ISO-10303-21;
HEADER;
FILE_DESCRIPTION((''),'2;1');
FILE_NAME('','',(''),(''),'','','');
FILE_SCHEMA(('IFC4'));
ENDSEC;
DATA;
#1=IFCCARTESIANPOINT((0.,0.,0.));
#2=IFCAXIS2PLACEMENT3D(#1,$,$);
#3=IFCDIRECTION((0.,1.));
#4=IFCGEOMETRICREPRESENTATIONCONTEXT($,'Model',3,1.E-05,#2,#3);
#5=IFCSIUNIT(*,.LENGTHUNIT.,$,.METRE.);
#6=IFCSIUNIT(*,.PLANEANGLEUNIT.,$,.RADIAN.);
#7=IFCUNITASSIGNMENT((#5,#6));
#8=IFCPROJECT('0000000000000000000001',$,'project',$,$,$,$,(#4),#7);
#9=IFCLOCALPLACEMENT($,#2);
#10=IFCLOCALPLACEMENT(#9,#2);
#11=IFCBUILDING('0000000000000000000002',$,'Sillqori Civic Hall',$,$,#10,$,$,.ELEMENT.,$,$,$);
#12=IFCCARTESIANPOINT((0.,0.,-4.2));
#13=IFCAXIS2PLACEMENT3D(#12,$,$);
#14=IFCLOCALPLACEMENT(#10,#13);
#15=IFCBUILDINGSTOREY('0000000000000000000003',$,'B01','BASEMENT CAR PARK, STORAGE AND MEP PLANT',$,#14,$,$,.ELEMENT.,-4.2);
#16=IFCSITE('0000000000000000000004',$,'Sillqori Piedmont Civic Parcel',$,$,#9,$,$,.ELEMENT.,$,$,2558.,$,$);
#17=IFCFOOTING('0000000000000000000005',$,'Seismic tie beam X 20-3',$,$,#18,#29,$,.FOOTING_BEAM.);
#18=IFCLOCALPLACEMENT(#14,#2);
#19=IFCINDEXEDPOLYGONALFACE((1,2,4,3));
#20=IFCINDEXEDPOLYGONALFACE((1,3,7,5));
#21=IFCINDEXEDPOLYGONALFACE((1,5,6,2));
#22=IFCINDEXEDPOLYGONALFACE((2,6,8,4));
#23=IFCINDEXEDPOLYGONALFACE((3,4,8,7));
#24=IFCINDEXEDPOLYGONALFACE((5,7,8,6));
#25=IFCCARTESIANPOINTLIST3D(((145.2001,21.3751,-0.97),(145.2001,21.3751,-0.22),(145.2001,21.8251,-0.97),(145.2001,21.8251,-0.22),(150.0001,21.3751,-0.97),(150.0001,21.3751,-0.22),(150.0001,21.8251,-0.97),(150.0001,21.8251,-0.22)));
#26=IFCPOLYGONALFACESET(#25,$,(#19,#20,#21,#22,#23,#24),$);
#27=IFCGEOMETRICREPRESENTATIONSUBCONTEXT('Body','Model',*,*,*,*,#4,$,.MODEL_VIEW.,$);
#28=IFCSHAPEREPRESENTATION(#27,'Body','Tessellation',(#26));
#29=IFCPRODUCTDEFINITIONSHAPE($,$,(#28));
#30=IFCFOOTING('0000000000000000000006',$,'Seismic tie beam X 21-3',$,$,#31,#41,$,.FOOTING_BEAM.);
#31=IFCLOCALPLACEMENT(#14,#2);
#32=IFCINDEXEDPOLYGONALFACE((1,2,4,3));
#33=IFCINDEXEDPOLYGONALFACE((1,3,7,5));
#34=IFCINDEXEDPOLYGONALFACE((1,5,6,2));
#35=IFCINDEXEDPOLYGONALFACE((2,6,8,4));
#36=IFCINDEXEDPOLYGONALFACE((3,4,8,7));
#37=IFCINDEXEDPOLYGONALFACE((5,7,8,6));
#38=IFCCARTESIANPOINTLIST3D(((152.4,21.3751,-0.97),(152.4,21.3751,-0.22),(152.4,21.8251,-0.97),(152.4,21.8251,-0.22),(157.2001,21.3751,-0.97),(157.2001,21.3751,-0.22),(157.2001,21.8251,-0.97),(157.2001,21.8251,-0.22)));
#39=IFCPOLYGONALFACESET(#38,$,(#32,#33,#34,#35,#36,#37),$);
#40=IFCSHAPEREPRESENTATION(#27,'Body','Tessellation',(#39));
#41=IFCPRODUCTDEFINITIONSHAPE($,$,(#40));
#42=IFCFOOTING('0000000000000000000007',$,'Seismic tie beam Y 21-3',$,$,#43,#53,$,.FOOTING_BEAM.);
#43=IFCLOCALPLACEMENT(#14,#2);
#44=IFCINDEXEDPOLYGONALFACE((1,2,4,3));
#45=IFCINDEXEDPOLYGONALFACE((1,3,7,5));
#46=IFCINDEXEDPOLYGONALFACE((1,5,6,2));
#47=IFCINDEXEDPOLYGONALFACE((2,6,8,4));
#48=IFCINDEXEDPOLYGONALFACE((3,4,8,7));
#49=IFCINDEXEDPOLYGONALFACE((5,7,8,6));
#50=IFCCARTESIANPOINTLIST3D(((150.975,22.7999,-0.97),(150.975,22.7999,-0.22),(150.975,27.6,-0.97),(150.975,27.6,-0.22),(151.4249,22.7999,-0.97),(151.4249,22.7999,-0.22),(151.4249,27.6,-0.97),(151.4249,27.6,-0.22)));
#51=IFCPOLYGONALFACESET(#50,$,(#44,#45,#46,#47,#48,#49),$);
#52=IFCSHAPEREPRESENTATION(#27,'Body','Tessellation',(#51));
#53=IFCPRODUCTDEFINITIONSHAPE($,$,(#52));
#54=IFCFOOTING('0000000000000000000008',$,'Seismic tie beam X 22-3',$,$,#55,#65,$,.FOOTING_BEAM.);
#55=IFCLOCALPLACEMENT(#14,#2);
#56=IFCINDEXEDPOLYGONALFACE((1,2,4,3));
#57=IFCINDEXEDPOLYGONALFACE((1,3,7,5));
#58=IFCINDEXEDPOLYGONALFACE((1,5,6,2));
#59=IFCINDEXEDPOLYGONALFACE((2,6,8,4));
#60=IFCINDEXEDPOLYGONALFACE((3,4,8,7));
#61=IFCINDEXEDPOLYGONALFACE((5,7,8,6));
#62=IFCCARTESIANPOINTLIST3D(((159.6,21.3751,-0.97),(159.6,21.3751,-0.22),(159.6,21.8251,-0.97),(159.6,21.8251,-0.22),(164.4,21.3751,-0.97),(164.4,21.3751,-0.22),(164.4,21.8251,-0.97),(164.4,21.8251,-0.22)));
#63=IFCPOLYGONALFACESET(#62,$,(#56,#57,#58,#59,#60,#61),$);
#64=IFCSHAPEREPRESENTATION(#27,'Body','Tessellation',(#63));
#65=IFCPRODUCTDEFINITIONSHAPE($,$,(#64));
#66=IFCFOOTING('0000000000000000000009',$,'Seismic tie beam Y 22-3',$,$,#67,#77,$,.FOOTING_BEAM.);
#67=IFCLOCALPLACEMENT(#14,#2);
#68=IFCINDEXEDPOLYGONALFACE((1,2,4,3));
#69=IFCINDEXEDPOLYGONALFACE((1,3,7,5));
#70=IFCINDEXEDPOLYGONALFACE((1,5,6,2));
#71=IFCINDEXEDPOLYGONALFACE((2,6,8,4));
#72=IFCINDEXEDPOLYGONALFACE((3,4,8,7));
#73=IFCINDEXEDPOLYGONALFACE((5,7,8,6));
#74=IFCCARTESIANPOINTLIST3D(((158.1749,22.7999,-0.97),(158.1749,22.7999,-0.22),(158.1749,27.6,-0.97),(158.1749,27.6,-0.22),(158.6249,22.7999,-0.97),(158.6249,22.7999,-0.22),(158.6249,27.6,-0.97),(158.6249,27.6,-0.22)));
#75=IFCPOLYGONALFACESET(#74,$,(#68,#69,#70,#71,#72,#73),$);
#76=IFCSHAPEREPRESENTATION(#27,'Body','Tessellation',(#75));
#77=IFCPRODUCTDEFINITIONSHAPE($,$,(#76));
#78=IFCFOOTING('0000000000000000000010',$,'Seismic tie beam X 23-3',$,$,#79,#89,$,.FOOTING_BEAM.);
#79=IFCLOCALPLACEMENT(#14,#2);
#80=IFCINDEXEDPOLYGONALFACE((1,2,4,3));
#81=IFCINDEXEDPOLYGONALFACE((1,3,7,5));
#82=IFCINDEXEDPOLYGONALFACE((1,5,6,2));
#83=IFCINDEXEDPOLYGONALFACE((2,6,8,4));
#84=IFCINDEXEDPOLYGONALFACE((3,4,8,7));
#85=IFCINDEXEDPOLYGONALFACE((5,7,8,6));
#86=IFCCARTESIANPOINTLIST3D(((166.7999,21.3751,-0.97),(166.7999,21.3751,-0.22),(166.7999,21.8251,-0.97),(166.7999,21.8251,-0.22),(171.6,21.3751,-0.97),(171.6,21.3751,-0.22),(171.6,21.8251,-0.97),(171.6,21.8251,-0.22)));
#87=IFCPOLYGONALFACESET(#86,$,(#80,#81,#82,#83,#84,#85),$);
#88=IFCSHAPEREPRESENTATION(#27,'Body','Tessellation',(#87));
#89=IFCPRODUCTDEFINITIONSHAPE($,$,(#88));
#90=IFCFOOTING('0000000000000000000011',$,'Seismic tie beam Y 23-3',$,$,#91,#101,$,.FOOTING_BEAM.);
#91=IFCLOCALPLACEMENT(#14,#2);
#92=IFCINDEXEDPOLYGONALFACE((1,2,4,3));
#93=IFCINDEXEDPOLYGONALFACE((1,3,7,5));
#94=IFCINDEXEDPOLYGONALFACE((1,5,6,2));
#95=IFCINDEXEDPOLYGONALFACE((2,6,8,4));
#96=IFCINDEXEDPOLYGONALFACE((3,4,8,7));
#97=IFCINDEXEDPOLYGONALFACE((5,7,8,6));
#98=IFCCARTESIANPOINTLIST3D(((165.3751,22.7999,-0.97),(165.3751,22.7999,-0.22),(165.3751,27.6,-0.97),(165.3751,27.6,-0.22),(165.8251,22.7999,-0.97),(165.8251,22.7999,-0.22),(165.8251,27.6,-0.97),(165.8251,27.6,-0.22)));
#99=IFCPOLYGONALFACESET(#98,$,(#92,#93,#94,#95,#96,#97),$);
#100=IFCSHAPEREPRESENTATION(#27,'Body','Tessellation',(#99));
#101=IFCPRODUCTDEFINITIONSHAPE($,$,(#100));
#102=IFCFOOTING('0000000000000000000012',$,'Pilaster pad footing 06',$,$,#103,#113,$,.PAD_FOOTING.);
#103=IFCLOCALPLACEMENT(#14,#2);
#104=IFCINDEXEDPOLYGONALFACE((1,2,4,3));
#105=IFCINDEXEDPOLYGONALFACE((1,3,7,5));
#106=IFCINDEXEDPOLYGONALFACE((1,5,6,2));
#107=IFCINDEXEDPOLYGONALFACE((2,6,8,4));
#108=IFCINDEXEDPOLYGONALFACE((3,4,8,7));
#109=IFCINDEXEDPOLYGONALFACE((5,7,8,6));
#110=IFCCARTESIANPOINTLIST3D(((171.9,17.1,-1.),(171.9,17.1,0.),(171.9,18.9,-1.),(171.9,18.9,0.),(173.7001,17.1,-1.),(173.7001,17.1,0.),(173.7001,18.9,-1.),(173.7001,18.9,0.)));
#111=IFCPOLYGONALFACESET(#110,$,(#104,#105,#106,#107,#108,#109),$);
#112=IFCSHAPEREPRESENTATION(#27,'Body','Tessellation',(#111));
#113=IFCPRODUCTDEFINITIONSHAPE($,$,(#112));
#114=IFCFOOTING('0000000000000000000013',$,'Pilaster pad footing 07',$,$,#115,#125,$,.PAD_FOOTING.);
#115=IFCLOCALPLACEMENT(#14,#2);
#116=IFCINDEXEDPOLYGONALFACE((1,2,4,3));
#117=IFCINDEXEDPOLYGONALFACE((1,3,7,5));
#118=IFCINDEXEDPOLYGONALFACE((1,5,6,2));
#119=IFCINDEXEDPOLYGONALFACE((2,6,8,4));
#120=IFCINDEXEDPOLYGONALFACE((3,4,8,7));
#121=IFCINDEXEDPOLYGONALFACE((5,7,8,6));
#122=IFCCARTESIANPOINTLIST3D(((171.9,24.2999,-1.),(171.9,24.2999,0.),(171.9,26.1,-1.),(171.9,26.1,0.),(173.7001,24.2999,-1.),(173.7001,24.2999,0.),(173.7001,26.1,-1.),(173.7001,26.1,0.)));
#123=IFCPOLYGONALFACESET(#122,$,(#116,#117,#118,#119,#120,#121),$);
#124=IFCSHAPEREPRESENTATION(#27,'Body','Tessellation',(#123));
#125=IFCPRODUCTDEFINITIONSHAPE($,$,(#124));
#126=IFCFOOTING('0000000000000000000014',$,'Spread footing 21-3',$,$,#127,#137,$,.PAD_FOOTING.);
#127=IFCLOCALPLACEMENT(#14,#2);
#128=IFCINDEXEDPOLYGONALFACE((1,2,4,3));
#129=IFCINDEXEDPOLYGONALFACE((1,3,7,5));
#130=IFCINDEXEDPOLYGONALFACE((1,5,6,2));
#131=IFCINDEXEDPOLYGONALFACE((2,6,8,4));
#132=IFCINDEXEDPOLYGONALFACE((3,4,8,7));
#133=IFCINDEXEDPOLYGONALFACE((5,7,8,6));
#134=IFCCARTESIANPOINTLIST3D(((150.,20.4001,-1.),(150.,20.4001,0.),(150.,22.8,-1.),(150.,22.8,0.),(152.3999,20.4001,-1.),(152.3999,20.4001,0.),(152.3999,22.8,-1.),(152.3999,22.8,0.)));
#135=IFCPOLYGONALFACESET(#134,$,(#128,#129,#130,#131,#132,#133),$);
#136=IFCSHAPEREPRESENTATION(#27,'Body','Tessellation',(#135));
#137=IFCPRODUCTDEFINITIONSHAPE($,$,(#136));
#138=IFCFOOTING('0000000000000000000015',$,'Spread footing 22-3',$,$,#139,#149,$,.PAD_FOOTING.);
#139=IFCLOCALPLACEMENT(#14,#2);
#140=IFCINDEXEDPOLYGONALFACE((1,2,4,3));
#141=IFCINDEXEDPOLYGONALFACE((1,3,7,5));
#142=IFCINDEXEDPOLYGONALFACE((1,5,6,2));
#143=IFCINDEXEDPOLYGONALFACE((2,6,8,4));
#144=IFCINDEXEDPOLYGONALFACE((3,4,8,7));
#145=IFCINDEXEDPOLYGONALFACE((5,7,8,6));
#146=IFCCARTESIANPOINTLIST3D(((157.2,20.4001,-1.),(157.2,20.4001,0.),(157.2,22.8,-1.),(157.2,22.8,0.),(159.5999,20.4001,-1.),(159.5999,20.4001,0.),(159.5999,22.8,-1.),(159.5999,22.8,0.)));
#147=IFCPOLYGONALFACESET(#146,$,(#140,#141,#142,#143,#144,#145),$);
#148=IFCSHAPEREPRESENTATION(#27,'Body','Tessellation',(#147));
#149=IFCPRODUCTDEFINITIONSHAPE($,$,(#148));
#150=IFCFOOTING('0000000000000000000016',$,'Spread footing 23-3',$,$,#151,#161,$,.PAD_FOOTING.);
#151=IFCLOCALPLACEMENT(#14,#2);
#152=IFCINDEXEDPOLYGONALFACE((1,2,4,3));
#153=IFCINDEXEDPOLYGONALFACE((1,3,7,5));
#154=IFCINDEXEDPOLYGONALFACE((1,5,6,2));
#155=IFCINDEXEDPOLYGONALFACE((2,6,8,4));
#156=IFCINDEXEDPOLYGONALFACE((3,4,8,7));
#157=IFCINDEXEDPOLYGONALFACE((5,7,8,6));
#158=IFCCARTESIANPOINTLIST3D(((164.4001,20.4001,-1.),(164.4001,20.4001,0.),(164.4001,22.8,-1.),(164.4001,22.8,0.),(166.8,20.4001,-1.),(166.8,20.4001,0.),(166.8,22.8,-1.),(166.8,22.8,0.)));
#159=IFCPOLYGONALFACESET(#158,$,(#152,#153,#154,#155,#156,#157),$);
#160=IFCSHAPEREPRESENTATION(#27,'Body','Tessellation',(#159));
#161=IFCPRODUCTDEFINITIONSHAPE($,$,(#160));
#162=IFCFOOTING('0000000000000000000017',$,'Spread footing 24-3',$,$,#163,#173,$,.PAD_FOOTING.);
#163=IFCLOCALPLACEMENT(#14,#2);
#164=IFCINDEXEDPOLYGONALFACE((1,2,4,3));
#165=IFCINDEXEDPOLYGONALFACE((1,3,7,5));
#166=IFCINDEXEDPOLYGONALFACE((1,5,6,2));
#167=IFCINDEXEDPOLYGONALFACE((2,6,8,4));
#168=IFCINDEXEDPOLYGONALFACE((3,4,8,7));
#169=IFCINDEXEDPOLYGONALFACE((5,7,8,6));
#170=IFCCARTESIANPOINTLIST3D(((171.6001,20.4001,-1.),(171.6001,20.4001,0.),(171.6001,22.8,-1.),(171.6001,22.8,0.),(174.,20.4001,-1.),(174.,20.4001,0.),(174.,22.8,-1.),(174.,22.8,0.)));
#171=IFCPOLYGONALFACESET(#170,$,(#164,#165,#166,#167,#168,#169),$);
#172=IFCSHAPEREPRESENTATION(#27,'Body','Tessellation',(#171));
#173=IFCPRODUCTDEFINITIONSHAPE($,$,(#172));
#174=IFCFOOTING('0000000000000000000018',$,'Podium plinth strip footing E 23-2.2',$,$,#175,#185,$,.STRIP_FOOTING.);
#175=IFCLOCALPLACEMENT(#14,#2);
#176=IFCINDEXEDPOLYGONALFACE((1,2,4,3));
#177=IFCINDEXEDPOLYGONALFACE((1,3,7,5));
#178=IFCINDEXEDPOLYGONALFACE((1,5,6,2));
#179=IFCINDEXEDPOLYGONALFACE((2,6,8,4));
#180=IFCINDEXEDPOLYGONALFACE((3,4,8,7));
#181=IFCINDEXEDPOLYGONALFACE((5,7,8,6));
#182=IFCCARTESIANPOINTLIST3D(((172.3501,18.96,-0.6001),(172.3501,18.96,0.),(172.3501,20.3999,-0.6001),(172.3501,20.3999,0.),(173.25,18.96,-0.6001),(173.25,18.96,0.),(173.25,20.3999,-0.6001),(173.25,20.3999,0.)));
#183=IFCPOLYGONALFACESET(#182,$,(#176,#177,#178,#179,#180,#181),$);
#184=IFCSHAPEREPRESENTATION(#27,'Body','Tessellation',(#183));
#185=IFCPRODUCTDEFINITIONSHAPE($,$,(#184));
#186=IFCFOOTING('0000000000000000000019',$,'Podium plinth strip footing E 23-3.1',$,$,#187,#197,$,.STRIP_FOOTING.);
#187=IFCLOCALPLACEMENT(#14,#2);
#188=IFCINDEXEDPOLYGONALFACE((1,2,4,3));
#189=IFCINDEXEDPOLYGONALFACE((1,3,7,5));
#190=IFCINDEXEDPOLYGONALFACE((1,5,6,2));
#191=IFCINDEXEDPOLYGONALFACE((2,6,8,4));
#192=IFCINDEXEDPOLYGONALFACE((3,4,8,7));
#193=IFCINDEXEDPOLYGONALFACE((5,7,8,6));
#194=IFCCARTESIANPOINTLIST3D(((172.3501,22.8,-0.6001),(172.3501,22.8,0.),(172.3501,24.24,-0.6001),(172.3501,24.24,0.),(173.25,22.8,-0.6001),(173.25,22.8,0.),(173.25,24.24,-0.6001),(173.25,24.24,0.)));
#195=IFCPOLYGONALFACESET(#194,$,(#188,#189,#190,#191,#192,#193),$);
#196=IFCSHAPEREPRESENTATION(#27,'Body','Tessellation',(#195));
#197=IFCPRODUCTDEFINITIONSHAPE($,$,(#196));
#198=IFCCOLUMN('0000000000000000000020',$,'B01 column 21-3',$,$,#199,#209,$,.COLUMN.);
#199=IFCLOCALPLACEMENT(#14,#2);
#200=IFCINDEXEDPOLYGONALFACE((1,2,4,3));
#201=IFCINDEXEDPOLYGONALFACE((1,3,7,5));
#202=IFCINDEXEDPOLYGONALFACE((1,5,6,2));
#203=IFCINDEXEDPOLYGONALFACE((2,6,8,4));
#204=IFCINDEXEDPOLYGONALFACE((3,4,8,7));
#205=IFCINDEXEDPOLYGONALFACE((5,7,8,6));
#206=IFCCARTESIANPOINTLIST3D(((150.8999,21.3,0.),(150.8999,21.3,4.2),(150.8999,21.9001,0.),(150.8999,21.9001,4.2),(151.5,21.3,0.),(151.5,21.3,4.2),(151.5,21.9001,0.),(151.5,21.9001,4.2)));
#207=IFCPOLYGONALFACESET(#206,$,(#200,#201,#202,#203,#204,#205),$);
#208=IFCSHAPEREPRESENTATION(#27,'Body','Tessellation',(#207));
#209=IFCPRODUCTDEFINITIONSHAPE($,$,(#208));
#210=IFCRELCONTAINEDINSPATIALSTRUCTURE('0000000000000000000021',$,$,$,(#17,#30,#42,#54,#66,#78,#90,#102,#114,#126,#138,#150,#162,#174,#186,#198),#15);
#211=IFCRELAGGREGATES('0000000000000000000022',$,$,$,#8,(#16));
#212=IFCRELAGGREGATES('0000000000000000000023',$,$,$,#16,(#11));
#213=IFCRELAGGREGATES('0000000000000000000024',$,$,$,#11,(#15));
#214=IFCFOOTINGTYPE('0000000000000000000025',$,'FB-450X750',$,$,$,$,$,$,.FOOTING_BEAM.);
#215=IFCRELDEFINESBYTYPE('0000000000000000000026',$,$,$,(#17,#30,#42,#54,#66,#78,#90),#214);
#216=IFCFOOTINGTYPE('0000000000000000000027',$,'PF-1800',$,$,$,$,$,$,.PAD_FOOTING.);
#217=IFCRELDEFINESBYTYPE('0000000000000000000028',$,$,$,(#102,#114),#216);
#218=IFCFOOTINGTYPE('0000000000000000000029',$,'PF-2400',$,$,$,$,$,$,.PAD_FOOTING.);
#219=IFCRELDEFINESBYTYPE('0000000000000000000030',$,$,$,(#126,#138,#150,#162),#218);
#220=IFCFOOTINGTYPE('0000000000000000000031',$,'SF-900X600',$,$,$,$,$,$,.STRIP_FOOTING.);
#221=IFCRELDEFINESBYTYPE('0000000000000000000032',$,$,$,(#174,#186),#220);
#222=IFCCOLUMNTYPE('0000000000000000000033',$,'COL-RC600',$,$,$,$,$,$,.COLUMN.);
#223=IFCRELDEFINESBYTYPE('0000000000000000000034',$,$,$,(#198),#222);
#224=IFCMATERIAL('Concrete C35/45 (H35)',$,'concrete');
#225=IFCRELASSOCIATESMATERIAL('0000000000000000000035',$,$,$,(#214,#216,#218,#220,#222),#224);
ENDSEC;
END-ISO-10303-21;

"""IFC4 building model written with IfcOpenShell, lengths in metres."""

from ifc_helpers import new_model, si_unit, direction, frame, origin, origin_2d, place, context, subcontext, project, spatial, rectangle, extrude, material, material_profile, profile_set, type_object, element, save


model = new_model("IFC4")

# Units and contexts
model_context = context("Model", 3, precision=1e-05, world=origin(), true_north=direction((0.0, 1.0)))
body_context = subcontext(model_context, "Body", "Model", "MODEL_VIEW")
ifc_project = project(units=[si_unit("LENGTHUNIT", "METRE"), si_unit("PLANEANGLEUNIT", "RADIAN")], contexts=[model_context])

# Site, building, storey
site_placement = place(None, origin())
site = spatial("IfcSite", under=ifc_project, at=site_placement, Name="Sillqori Piedmont Civic Parcel", CompositionType="ELEMENT", RefElevation=2558.0)
building_placement = place(site_placement, origin())
building = spatial("IfcBuilding", under=site, at=building_placement, Name="Sillqori Civic Hall", CompositionType="ELEMENT")
storey_placement = place(building_placement, frame((0.0, 0.0, -4.2)))
storey = spatial("IfcBuildingStorey", under=building, at=storey_placement, Name="B01", Description="BASEMENT CAR PARK, STORAGE AND MEP PLANT", CompositionType="ELEMENT", Elevation=-4.2)

# Footings
ifc_material_1 = material(Name="Concrete C35/45 (H35)", Category="concrete")
footing_type_1 = type_object("IfcFootingType", Name="FB-450X750", PredefinedType="FOOTING_BEAM", material=ifc_material_1)
for number, where, z_axis, x_axis, name in (
    (1, (147.6001, 21.6001, -0.97), (0.0, 0.0, 1.0), (1.0, 0.0, 0.0), "Seismic tie beam X 20-3"),
    (2, (154.8, 21.6001, -0.97), (0.0, 0.0, 1.0), (1.0, 0.0, 0.0), "Seismic tie beam X 21-3"),
):
    element("IfcFooting", number, at=place(storey_placement, frame(where, z_axis=z_axis, x_axis=x_axis)), inside=storey, type_object=footing_type_1, Name=name, PredefinedType="FOOTING_BEAM", context=body_context, shape_type="SweptSolid", body=[
        extrude(rectangle(XDim=4.8, YDim=0.45, at=origin_2d()), origin(), (0.0, 0.0, 1.0), 0.75),
    ])
footing_1_placement = place(storey_placement, frame((151.2, 25.2, -0.97), z_axis=(0.0, 0.0, 1.0), x_axis=(1.0, 0.0, 0.0)))
element("IfcFooting", 3, at=footing_1_placement, inside=storey, type_object=footing_type_1, Name="Seismic tie beam Y 21-3", PredefinedType="FOOTING_BEAM", context=body_context, shape_type="SweptSolid", body=[
    extrude(rectangle(XDim=0.45, YDim=4.8, at=origin_2d()), origin(), (0.0, 0.0, 1.0), 0.75),
])
footing_2_placement = place(storey_placement, frame((162.0, 21.6001, -0.97), z_axis=(0.0, 0.0, 1.0), x_axis=(1.0, 0.0, 0.0)))
element("IfcFooting", 4, at=footing_2_placement, inside=storey, type_object=footing_type_1, Name="Seismic tie beam X 22-3", PredefinedType="FOOTING_BEAM", context=body_context, shape_type="SweptSolid", body=[
    extrude(rectangle(XDim=4.8, YDim=0.45, at=origin_2d()), origin(), (0.0, 0.0, 1.0), 0.75),
])
footing_3_placement = place(storey_placement, frame((158.3999, 25.2, -0.97), z_axis=(0.0, 0.0, 1.0), x_axis=(1.0, 0.0, 0.0)))
element("IfcFooting", 5, at=footing_3_placement, inside=storey, type_object=footing_type_1, Name="Seismic tie beam Y 22-3", PredefinedType="FOOTING_BEAM", context=body_context, shape_type="SweptSolid", body=[
    extrude(rectangle(XDim=0.45, YDim=4.8, at=origin_2d()), origin(), (0.0, 0.0, 1.0), 0.75),
])
footing_4_placement = place(storey_placement, frame((169.2, 21.6001, -0.97), z_axis=(0.0, 0.0, 1.0), x_axis=(1.0, 0.0, 0.0)))
element("IfcFooting", 6, at=footing_4_placement, inside=storey, type_object=footing_type_1, Name="Seismic tie beam X 23-3", PredefinedType="FOOTING_BEAM", context=body_context, shape_type="SweptSolid", body=[
    extrude(rectangle(XDim=4.8, YDim=0.45, at=origin_2d()), origin(), (0.0, 0.0, 1.0), 0.75),
])
footing_5_placement = place(storey_placement, frame((165.6001, 25.2, -0.97), z_axis=(0.0, 0.0, 1.0), x_axis=(1.0, 0.0, 0.0)))
element("IfcFooting", 7, at=footing_5_placement, inside=storey, type_object=footing_type_1, Name="Seismic tie beam Y 23-3", PredefinedType="FOOTING_BEAM", context=body_context, shape_type="SweptSolid", body=[
    extrude(rectangle(XDim=0.45, YDim=4.8, at=origin_2d()), origin(), (0.0, 0.0, 1.0), 0.75),
])
footing_type_2 = type_object("IfcFootingType", Name="PF-1800", PredefinedType="PAD_FOOTING", material=ifc_material_1)
for number, where, z_axis, x_axis, name in (
    (8, (172.8, 18.0, -1.0), (0.0, 0.0, 1.0), (1.0, 0.0, 0.0), "Pilaster pad footing 06"),
    (9, (172.8, 25.2, -1.0), (0.0, 0.0, 1.0), (1.0, 0.0, 0.0), "Pilaster pad footing 07"),
):
    element("IfcFooting", number, at=place(storey_placement, frame(where, z_axis=z_axis, x_axis=x_axis)), inside=storey, type_object=footing_type_2, Name=name, PredefinedType="PAD_FOOTING", context=body_context, shape_type="SweptSolid", body=[
        extrude(rectangle(XDim=1.8, YDim=1.8, at=origin_2d()), origin(), (0.0, 0.0, 1.0), 1.0),
    ])
footing_type_3 = type_object("IfcFootingType", Name="PF-2400", PredefinedType="PAD_FOOTING", material=ifc_material_1)
for number, where, z_axis, x_axis, name in (
    (10, (151.2, 21.6001, -1.0), (0.0, 0.0, 1.0), (1.0, 0.0, 0.0), "Spread footing 21-3"),
    (11, (158.3999, 21.6001, -1.0), (0.0, 0.0, 1.0), (1.0, 0.0, 0.0), "Spread footing 22-3"),
    (12, (165.6001, 21.6001, -1.0), (0.0, 0.0, 1.0), (1.0, 0.0, 0.0), "Spread footing 23-3"),
    (13, (172.8, 21.6001, -1.0), (0.0, 0.0, 1.0), (1.0, 0.0, 0.0), "Spread footing 24-3"),
):
    element("IfcFooting", number, at=place(storey_placement, frame(where, z_axis=z_axis, x_axis=x_axis)), inside=storey, type_object=footing_type_3, Name=name, PredefinedType="PAD_FOOTING", context=body_context, shape_type="SweptSolid", body=[
        extrude(rectangle(XDim=2.3999, YDim=2.3999, at=origin_2d()), origin(), (0.0, 0.0, 1.0), 1.0),
    ])
footing_type_4 = type_object("IfcFootingType", Name="SF-900X600", PredefinedType="STRIP_FOOTING", material=ifc_material_1)
for number, where, z_axis, x_axis, name in (
    (14, (172.8, 19.6799, -0.6001), (0.0, 0.0, 1.0), (1.0, 0.0, 0.0), "Podium plinth strip footing E 23-2.2"),
    (15, (172.8, 23.52, -0.6001), (0.0, 0.0, 1.0), (1.0, 0.0, 0.0), "Podium plinth strip footing E 23-3.1"),
):
    element("IfcFooting", number, at=place(storey_placement, frame(where, z_axis=z_axis, x_axis=x_axis)), inside=storey, type_object=footing_type_4, Name=name, PredefinedType="STRIP_FOOTING", context=body_context, shape_type="SweptSolid", body=[
        extrude(rectangle(XDim=0.8999, YDim=1.4399, at=origin_2d()), origin(), (0.0, 0.0, 1.0), 0.6001),
    ])

# Column
ifc_material_profile_1 = material_profile(ifc_material_1, rectangle(XDim=0.6001, YDim=0.6001, at=origin_2d()), Name="RC 600x600")
ifc_profile_set_1 = profile_set([ifc_material_profile_1], Name="Concrete C35/45 (H35)")
column_type_1 = type_object("IfcColumnType", Name="COL-RC600", PredefinedType="COLUMN", material=ifc_profile_set_1)
for number, where, z_axis, x_axis, name in (
    (16, (151.2, 21.6001, 0.0), (0.0, 0.0, 1.0), (1.0, 0.0, 0.0), "B01 column 21-3"),
):
    element("IfcColumn", number, at=place(storey_placement, frame(where, z_axis=z_axis, x_axis=x_axis)), inside=storey, type_object=column_type_1, Name=name, PredefinedType="COLUMN", context=body_context, shape_type="SweptSolid", body=[
        extrude(rectangle(XDim=0.6001, YDim=0.6001, at=origin_2d()), origin(), (0.0, 0.0, 1.0), 4.2),
    ])

save(model, "model.ifc")
